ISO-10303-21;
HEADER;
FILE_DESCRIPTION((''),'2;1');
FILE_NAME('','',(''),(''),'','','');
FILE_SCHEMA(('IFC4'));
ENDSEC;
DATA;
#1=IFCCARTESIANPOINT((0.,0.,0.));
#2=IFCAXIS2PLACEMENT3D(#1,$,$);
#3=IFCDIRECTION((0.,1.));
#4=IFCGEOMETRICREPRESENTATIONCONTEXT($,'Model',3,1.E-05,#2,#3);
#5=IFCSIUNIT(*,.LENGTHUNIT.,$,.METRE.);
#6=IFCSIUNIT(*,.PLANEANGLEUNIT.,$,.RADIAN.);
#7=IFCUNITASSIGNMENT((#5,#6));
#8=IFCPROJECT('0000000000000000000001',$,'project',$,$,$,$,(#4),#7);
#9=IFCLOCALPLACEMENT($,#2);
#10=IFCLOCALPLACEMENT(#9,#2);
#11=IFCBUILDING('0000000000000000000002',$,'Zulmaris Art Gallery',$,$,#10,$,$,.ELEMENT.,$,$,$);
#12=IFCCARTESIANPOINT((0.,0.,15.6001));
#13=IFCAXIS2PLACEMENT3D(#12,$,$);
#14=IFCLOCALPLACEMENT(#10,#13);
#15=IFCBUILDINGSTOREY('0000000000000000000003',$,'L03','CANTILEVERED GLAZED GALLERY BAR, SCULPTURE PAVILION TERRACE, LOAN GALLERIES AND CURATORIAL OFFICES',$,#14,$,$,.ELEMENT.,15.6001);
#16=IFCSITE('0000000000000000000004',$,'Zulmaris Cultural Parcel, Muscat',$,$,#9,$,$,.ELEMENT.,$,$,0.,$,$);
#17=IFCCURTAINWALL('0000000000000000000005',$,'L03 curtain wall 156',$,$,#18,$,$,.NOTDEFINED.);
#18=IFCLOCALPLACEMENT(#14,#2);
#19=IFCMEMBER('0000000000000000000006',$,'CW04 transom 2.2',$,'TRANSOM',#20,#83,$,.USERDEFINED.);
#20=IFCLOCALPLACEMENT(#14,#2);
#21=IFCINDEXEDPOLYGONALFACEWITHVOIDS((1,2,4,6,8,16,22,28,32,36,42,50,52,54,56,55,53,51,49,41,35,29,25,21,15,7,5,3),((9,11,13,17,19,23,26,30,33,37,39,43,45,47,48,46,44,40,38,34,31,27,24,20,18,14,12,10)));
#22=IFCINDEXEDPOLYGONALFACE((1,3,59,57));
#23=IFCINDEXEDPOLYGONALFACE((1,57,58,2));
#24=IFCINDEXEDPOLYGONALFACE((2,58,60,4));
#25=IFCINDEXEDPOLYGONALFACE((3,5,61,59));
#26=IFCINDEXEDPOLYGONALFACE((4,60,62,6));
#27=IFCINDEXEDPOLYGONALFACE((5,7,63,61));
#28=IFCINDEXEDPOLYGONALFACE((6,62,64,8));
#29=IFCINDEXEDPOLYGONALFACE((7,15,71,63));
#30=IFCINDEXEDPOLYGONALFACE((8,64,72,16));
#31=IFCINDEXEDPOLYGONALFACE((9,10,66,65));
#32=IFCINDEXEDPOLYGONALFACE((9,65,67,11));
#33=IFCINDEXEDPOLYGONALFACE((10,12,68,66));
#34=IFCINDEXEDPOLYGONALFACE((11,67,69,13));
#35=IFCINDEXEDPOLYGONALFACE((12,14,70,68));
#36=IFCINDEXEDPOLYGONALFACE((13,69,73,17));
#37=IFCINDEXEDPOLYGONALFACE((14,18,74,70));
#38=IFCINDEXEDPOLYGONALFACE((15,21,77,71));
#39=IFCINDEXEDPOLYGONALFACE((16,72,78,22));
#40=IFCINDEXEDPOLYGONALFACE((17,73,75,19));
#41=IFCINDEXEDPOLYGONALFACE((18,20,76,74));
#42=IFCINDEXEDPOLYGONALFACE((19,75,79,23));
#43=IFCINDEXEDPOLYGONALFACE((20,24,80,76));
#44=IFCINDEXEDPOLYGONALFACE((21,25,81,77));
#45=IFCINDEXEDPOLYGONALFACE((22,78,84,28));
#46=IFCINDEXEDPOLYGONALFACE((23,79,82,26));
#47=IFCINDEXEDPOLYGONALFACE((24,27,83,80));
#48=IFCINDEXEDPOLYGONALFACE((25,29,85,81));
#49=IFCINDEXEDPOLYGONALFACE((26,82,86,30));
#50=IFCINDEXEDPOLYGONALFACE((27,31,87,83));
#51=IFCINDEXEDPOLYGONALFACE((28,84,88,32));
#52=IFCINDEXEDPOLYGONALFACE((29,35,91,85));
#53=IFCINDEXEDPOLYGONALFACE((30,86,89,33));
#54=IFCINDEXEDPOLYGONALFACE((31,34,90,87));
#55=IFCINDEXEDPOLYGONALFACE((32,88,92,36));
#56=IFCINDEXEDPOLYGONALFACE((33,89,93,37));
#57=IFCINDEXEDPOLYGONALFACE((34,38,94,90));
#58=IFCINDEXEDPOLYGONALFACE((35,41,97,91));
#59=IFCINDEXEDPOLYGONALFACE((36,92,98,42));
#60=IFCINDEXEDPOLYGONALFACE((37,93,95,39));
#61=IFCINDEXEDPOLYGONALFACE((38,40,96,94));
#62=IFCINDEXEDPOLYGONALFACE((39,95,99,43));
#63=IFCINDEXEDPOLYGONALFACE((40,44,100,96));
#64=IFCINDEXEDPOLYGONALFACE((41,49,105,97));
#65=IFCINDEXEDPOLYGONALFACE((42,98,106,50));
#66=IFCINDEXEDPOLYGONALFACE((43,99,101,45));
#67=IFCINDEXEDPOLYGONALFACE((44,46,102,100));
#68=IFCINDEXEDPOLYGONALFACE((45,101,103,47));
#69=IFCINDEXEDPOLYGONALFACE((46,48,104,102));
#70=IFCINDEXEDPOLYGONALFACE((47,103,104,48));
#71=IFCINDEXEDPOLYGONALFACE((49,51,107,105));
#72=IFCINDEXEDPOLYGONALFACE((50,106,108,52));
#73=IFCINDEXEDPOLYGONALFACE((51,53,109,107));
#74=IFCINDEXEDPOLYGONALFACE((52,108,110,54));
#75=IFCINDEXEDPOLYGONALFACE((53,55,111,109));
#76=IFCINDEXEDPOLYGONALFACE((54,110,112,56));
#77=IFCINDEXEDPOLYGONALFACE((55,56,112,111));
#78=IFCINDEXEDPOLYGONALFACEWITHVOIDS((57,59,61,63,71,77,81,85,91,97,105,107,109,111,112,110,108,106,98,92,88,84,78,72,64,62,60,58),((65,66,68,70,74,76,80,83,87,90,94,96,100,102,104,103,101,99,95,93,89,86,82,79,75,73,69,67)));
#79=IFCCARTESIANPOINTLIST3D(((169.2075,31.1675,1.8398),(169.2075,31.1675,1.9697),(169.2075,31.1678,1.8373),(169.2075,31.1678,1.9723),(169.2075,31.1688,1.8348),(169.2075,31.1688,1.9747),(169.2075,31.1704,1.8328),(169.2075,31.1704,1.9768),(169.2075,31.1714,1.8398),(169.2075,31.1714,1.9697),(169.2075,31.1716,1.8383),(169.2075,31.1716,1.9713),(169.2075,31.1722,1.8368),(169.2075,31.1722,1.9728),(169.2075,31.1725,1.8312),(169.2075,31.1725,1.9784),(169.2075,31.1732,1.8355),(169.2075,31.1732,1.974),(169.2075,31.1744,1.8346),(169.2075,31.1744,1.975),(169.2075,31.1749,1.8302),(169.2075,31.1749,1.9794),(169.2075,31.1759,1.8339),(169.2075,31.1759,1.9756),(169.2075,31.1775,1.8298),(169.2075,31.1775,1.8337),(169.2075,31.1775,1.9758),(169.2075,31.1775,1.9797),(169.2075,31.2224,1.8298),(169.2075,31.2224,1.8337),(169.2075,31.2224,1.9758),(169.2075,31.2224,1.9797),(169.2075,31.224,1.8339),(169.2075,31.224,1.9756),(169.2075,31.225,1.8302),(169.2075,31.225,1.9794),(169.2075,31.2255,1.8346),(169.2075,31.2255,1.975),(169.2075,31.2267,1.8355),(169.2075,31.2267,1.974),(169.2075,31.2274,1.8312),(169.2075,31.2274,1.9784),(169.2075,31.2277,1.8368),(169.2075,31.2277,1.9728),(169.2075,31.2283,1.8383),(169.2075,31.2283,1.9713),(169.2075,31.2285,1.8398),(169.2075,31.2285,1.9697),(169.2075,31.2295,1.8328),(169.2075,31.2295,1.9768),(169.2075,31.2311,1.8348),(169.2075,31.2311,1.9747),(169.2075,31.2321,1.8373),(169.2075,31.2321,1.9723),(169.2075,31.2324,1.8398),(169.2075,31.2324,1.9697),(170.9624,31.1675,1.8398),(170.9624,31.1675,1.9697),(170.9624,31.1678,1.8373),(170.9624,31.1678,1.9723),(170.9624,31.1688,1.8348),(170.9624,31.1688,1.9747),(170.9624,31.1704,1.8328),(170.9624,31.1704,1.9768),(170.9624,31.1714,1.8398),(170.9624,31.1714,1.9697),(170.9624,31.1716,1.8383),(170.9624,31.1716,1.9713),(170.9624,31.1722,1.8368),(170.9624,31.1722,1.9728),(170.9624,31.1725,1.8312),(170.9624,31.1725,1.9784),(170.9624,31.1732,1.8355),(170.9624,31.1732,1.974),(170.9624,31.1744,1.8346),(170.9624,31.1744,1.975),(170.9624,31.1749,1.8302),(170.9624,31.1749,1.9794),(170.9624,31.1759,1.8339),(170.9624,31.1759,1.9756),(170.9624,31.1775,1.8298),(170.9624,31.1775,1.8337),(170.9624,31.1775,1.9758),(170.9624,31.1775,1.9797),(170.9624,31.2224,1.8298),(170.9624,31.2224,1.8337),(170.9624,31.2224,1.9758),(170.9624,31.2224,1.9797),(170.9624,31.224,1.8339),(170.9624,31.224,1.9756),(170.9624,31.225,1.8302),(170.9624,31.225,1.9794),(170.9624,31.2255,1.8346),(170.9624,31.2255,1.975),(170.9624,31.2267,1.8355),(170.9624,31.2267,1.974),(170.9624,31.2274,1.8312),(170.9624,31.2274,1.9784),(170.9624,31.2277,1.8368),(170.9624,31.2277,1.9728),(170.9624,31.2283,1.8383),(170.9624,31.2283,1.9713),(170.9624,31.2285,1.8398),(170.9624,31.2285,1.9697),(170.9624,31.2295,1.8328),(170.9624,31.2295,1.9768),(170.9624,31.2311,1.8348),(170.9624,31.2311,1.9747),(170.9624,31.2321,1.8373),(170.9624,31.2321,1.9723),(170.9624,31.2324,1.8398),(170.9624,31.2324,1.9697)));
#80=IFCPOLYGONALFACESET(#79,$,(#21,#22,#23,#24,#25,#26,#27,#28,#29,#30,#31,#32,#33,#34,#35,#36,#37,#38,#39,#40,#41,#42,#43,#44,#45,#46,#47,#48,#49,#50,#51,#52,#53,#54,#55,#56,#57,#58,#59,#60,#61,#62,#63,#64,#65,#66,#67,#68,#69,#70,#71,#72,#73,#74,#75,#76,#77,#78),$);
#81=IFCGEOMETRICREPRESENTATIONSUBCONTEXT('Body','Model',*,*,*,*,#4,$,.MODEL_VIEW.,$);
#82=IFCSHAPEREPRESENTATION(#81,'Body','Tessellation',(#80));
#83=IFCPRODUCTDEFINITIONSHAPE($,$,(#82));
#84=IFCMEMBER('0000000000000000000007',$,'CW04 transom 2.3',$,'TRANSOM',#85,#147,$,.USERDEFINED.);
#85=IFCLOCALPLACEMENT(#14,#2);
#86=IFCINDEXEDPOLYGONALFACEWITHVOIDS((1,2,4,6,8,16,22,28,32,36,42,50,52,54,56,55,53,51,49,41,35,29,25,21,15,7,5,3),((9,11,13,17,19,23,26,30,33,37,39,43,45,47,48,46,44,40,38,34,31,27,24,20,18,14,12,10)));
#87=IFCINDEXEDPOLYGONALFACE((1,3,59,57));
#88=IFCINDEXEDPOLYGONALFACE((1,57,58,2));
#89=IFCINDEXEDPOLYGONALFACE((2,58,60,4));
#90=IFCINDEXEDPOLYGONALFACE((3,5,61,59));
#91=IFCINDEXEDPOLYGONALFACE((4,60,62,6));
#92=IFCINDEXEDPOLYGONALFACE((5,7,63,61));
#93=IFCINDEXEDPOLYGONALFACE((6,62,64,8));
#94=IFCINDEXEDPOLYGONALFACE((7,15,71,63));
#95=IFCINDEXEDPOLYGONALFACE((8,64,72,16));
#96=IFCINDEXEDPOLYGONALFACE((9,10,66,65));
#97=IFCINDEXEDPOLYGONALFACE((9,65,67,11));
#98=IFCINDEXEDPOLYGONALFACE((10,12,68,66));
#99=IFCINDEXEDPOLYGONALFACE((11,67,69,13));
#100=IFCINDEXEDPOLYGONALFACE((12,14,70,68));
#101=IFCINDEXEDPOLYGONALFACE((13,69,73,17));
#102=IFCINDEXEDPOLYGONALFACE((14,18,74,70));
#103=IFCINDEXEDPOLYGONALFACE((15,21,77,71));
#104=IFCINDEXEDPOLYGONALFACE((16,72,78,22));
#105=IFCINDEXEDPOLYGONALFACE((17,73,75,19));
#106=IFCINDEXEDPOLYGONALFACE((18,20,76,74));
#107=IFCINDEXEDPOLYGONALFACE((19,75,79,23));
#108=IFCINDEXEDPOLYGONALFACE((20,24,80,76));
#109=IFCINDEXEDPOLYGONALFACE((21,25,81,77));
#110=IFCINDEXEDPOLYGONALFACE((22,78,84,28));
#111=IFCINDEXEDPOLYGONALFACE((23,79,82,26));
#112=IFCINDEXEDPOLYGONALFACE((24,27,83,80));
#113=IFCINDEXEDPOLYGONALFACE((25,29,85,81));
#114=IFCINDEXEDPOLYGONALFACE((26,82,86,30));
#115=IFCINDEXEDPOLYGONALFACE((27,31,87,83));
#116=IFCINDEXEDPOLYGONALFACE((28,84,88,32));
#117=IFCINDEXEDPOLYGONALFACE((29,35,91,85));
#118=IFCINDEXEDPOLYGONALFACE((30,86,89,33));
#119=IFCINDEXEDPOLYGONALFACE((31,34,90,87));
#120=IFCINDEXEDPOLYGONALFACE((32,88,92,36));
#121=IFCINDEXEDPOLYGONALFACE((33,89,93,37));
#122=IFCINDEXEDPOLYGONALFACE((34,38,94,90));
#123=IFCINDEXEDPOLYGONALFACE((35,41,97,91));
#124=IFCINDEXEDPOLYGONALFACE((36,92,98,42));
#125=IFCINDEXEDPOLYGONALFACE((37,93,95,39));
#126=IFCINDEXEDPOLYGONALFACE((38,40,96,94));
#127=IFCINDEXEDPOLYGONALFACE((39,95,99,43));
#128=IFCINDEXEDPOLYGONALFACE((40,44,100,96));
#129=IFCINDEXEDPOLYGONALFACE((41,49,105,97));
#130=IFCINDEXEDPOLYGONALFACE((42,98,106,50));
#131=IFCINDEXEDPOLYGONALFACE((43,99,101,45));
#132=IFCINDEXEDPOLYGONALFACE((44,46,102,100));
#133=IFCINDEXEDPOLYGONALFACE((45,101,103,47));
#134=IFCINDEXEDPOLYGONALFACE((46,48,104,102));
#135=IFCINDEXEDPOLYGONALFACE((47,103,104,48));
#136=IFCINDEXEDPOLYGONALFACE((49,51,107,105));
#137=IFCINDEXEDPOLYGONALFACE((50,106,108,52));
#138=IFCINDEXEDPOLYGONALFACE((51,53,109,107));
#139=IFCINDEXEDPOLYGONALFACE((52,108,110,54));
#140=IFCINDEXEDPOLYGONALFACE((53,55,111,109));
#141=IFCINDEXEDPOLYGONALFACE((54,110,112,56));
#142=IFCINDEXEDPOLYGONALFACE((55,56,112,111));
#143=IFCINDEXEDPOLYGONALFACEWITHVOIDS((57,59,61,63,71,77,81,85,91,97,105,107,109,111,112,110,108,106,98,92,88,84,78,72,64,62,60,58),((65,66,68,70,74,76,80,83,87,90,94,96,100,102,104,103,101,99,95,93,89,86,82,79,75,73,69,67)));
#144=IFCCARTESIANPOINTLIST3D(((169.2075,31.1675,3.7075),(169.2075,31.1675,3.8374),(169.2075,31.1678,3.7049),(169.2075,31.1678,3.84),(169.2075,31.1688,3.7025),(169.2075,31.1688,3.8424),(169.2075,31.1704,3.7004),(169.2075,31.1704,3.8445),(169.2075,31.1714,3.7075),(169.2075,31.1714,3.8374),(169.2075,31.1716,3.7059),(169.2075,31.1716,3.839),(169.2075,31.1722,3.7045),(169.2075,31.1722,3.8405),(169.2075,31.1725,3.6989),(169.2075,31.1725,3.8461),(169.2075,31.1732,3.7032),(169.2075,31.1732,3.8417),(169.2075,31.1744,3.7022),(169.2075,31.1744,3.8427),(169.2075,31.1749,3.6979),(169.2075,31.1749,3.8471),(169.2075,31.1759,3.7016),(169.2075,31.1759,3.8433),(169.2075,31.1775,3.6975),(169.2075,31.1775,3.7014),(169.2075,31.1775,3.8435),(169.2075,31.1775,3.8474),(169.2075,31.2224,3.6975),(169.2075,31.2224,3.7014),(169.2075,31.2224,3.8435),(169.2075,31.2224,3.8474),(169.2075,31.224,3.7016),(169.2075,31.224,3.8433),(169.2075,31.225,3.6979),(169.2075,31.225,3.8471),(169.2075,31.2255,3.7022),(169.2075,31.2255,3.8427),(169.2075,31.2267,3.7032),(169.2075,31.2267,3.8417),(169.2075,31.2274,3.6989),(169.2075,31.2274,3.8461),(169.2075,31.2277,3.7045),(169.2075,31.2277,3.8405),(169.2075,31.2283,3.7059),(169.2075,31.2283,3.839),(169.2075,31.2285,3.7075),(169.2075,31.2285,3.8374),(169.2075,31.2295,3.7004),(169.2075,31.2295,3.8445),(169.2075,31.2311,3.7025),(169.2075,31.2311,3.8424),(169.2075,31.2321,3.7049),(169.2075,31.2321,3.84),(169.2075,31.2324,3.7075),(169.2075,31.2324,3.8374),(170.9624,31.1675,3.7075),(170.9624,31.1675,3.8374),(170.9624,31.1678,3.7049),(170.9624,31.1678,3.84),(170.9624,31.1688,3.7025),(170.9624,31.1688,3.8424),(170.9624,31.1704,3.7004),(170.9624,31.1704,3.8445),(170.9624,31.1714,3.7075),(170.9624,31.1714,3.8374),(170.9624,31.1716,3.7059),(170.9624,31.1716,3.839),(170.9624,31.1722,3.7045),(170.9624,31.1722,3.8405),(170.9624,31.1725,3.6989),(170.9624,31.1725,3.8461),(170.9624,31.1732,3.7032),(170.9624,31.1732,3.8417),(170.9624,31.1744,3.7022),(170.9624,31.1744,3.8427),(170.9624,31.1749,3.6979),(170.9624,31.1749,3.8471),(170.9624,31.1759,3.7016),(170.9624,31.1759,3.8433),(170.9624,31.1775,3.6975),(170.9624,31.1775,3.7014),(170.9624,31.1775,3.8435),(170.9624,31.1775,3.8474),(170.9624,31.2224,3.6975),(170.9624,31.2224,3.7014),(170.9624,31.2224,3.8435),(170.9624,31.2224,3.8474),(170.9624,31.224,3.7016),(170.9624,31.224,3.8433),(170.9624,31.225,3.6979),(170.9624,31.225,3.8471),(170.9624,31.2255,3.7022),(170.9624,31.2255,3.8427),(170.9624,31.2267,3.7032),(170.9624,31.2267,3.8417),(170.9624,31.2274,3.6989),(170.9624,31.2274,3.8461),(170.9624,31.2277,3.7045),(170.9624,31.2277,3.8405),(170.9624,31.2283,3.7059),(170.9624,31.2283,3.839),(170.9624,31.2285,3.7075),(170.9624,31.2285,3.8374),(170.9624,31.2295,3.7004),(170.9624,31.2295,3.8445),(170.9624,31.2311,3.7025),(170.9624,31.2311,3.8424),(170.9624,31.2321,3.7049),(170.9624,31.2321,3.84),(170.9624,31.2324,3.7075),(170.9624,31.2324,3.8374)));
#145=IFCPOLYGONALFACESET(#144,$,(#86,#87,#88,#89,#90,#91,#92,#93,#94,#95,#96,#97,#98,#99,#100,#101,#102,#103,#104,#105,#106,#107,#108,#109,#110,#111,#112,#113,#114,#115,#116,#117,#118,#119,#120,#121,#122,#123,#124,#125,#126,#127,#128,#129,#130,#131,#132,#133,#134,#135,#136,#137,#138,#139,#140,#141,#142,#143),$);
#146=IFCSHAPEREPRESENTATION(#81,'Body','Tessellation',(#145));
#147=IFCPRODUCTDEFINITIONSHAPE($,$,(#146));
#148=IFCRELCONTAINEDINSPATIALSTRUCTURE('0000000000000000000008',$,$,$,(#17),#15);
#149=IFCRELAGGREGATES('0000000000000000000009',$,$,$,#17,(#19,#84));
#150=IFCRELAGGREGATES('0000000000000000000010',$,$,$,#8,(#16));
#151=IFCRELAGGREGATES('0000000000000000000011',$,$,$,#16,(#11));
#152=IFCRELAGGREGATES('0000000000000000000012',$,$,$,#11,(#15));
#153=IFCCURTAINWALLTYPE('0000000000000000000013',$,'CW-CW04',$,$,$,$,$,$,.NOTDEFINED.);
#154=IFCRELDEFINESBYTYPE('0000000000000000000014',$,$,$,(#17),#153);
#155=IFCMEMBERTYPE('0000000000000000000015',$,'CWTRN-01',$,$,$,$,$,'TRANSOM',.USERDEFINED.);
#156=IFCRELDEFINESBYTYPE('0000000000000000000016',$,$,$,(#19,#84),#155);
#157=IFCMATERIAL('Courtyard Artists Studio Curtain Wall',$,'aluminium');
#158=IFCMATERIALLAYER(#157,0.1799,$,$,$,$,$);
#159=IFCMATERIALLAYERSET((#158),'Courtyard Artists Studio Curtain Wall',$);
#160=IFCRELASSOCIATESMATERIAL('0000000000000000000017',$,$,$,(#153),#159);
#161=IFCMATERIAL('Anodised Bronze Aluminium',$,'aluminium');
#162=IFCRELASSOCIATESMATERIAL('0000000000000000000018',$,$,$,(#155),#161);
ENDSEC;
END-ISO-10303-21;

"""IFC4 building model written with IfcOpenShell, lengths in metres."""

from ifc_helpers import new_model, si_unit, direction, frame, origin, origin_2d, place, context, subcontext, project, spatial, hollow_rectangle, extrude, material, layer, layer_set, material_profile, profile_set, type_object, element, aggregate, save


model = new_model("IFC4")

# Units and contexts
model_context = context("Model", 3, precision=1e-05, world=origin(), true_north=direction((0.0, 1.0)))
body_context = subcontext(model_context, "Body", "Model", "MODEL_VIEW")
ifc_project = project(units=[si_unit("LENGTHUNIT", "METRE"), si_unit("PLANEANGLEUNIT", "RADIAN")], contexts=[model_context])

# Site, building, storey
site_placement = place(None, origin())
site = spatial("IfcSite", under=ifc_project, at=site_placement, Name="Zulmaris Cultural Parcel, Muscat", CompositionType="ELEMENT", RefElevation=0.0)
building_placement = place(site_placement, origin())
building = spatial("IfcBuilding", under=site, at=building_placement, Name="Zulmaris Art Gallery", CompositionType="ELEMENT")
storey_placement = place(building_placement, frame((0.0, 0.0, 15.6001)))
storey = spatial("IfcBuildingStorey", under=building, at=storey_placement, Name="L03", Description="CANTILEVERED GLAZED GALLERY BAR, SCULPTURE PAVILION TERRACE, LOAN GALLERIES AND CURATORIAL OFFICES", CompositionType="ELEMENT", Elevation=15.6001)

# Shared definitions
ifc_material_1 = material(Name="Courtyard Artists Studio Curtain Wall", Category="aluminium")
ifc_layer_1 = layer(ifc_material_1, 0.1799)
ifc_layer_set_1 = layer_set([ifc_layer_1], Name="Courtyard Artists Studio Curtain Wall")
curtain_wall_type = type_object("IfcCurtainWallType", Name="CW-CW04", PredefinedType="NOTDEFINED", material=ifc_layer_set_1)
ifc_material_2 = material(Name="Anodised Bronze Aluminium", Category="aluminium")

# Curtain wall
curtain_wall_1_placement = place(storey_placement, origin())
curtain_wall_1 = element("IfcCurtainWall", 1, at=curtain_wall_1_placement, inside=storey, type_object=curtain_wall_type, Name="L03 curtain wall 156", PredefinedType="NOTDEFINED")

# Members
ifc_material_profile_1 = material_profile(ifc_material_2, hollow_rectangle(XDim=0.0649, YDim=0.1499, WallThickness=0.0039, InnerFilletRadius=0.0061, OuterFilletRadius=0.01, at=origin_2d()), Name="ALU 65x150x4")
ifc_profile_set_1 = profile_set([ifc_material_profile_1], Name="Anodised Bronze Aluminium")
member_type_1 = type_object("IfcMemberType", Name="CWTRN-01", ElementType="TRANSOM", PredefinedType="USERDEFINED", material=ifc_profile_set_1)
member_1_placement = place(storey_placement, frame((169.2075, 31.2, 1.9048), z_axis=(1.0, 0.0, 0.0), x_axis=(0.0, 1.0, 0.0)))
member_1 = element("IfcMember", 2, at=member_1_placement, type_object=member_type_1, Name="CW04 transom 2.2", ObjectType="TRANSOM", PredefinedType="USERDEFINED", context=body_context, shape_type="SweptSolid", body=[
    extrude(hollow_rectangle(XDim=0.0649, YDim=0.1499, WallThickness=0.0039, InnerFilletRadius=0.0061, OuterFilletRadius=0.01, at=origin_2d()), origin(), (0.0, 0.0, 1.0), 1.7549),
])
member_2_placement = place(storey_placement, frame((169.2075, 31.2, 3.7725), z_axis=(1.0, 0.0, 0.0), x_axis=(0.0, 1.0, 0.0)))
member_2 = element("IfcMember", 3, at=member_2_placement, type_object=member_type_1, Name="CW04 transom 2.3", ObjectType="TRANSOM", PredefinedType="USERDEFINED", context=body_context, shape_type="SweptSolid", body=[
    extrude(hollow_rectangle(XDim=0.0649, YDim=0.1499, WallThickness=0.0039, InnerFilletRadius=0.0061, OuterFilletRadius=0.01, at=origin_2d()), origin(), (0.0, 0.0, 1.0), 1.7549),
])

aggregate(curtain_wall_1, [member_1, member_2])

save(model, "model.ifc")
